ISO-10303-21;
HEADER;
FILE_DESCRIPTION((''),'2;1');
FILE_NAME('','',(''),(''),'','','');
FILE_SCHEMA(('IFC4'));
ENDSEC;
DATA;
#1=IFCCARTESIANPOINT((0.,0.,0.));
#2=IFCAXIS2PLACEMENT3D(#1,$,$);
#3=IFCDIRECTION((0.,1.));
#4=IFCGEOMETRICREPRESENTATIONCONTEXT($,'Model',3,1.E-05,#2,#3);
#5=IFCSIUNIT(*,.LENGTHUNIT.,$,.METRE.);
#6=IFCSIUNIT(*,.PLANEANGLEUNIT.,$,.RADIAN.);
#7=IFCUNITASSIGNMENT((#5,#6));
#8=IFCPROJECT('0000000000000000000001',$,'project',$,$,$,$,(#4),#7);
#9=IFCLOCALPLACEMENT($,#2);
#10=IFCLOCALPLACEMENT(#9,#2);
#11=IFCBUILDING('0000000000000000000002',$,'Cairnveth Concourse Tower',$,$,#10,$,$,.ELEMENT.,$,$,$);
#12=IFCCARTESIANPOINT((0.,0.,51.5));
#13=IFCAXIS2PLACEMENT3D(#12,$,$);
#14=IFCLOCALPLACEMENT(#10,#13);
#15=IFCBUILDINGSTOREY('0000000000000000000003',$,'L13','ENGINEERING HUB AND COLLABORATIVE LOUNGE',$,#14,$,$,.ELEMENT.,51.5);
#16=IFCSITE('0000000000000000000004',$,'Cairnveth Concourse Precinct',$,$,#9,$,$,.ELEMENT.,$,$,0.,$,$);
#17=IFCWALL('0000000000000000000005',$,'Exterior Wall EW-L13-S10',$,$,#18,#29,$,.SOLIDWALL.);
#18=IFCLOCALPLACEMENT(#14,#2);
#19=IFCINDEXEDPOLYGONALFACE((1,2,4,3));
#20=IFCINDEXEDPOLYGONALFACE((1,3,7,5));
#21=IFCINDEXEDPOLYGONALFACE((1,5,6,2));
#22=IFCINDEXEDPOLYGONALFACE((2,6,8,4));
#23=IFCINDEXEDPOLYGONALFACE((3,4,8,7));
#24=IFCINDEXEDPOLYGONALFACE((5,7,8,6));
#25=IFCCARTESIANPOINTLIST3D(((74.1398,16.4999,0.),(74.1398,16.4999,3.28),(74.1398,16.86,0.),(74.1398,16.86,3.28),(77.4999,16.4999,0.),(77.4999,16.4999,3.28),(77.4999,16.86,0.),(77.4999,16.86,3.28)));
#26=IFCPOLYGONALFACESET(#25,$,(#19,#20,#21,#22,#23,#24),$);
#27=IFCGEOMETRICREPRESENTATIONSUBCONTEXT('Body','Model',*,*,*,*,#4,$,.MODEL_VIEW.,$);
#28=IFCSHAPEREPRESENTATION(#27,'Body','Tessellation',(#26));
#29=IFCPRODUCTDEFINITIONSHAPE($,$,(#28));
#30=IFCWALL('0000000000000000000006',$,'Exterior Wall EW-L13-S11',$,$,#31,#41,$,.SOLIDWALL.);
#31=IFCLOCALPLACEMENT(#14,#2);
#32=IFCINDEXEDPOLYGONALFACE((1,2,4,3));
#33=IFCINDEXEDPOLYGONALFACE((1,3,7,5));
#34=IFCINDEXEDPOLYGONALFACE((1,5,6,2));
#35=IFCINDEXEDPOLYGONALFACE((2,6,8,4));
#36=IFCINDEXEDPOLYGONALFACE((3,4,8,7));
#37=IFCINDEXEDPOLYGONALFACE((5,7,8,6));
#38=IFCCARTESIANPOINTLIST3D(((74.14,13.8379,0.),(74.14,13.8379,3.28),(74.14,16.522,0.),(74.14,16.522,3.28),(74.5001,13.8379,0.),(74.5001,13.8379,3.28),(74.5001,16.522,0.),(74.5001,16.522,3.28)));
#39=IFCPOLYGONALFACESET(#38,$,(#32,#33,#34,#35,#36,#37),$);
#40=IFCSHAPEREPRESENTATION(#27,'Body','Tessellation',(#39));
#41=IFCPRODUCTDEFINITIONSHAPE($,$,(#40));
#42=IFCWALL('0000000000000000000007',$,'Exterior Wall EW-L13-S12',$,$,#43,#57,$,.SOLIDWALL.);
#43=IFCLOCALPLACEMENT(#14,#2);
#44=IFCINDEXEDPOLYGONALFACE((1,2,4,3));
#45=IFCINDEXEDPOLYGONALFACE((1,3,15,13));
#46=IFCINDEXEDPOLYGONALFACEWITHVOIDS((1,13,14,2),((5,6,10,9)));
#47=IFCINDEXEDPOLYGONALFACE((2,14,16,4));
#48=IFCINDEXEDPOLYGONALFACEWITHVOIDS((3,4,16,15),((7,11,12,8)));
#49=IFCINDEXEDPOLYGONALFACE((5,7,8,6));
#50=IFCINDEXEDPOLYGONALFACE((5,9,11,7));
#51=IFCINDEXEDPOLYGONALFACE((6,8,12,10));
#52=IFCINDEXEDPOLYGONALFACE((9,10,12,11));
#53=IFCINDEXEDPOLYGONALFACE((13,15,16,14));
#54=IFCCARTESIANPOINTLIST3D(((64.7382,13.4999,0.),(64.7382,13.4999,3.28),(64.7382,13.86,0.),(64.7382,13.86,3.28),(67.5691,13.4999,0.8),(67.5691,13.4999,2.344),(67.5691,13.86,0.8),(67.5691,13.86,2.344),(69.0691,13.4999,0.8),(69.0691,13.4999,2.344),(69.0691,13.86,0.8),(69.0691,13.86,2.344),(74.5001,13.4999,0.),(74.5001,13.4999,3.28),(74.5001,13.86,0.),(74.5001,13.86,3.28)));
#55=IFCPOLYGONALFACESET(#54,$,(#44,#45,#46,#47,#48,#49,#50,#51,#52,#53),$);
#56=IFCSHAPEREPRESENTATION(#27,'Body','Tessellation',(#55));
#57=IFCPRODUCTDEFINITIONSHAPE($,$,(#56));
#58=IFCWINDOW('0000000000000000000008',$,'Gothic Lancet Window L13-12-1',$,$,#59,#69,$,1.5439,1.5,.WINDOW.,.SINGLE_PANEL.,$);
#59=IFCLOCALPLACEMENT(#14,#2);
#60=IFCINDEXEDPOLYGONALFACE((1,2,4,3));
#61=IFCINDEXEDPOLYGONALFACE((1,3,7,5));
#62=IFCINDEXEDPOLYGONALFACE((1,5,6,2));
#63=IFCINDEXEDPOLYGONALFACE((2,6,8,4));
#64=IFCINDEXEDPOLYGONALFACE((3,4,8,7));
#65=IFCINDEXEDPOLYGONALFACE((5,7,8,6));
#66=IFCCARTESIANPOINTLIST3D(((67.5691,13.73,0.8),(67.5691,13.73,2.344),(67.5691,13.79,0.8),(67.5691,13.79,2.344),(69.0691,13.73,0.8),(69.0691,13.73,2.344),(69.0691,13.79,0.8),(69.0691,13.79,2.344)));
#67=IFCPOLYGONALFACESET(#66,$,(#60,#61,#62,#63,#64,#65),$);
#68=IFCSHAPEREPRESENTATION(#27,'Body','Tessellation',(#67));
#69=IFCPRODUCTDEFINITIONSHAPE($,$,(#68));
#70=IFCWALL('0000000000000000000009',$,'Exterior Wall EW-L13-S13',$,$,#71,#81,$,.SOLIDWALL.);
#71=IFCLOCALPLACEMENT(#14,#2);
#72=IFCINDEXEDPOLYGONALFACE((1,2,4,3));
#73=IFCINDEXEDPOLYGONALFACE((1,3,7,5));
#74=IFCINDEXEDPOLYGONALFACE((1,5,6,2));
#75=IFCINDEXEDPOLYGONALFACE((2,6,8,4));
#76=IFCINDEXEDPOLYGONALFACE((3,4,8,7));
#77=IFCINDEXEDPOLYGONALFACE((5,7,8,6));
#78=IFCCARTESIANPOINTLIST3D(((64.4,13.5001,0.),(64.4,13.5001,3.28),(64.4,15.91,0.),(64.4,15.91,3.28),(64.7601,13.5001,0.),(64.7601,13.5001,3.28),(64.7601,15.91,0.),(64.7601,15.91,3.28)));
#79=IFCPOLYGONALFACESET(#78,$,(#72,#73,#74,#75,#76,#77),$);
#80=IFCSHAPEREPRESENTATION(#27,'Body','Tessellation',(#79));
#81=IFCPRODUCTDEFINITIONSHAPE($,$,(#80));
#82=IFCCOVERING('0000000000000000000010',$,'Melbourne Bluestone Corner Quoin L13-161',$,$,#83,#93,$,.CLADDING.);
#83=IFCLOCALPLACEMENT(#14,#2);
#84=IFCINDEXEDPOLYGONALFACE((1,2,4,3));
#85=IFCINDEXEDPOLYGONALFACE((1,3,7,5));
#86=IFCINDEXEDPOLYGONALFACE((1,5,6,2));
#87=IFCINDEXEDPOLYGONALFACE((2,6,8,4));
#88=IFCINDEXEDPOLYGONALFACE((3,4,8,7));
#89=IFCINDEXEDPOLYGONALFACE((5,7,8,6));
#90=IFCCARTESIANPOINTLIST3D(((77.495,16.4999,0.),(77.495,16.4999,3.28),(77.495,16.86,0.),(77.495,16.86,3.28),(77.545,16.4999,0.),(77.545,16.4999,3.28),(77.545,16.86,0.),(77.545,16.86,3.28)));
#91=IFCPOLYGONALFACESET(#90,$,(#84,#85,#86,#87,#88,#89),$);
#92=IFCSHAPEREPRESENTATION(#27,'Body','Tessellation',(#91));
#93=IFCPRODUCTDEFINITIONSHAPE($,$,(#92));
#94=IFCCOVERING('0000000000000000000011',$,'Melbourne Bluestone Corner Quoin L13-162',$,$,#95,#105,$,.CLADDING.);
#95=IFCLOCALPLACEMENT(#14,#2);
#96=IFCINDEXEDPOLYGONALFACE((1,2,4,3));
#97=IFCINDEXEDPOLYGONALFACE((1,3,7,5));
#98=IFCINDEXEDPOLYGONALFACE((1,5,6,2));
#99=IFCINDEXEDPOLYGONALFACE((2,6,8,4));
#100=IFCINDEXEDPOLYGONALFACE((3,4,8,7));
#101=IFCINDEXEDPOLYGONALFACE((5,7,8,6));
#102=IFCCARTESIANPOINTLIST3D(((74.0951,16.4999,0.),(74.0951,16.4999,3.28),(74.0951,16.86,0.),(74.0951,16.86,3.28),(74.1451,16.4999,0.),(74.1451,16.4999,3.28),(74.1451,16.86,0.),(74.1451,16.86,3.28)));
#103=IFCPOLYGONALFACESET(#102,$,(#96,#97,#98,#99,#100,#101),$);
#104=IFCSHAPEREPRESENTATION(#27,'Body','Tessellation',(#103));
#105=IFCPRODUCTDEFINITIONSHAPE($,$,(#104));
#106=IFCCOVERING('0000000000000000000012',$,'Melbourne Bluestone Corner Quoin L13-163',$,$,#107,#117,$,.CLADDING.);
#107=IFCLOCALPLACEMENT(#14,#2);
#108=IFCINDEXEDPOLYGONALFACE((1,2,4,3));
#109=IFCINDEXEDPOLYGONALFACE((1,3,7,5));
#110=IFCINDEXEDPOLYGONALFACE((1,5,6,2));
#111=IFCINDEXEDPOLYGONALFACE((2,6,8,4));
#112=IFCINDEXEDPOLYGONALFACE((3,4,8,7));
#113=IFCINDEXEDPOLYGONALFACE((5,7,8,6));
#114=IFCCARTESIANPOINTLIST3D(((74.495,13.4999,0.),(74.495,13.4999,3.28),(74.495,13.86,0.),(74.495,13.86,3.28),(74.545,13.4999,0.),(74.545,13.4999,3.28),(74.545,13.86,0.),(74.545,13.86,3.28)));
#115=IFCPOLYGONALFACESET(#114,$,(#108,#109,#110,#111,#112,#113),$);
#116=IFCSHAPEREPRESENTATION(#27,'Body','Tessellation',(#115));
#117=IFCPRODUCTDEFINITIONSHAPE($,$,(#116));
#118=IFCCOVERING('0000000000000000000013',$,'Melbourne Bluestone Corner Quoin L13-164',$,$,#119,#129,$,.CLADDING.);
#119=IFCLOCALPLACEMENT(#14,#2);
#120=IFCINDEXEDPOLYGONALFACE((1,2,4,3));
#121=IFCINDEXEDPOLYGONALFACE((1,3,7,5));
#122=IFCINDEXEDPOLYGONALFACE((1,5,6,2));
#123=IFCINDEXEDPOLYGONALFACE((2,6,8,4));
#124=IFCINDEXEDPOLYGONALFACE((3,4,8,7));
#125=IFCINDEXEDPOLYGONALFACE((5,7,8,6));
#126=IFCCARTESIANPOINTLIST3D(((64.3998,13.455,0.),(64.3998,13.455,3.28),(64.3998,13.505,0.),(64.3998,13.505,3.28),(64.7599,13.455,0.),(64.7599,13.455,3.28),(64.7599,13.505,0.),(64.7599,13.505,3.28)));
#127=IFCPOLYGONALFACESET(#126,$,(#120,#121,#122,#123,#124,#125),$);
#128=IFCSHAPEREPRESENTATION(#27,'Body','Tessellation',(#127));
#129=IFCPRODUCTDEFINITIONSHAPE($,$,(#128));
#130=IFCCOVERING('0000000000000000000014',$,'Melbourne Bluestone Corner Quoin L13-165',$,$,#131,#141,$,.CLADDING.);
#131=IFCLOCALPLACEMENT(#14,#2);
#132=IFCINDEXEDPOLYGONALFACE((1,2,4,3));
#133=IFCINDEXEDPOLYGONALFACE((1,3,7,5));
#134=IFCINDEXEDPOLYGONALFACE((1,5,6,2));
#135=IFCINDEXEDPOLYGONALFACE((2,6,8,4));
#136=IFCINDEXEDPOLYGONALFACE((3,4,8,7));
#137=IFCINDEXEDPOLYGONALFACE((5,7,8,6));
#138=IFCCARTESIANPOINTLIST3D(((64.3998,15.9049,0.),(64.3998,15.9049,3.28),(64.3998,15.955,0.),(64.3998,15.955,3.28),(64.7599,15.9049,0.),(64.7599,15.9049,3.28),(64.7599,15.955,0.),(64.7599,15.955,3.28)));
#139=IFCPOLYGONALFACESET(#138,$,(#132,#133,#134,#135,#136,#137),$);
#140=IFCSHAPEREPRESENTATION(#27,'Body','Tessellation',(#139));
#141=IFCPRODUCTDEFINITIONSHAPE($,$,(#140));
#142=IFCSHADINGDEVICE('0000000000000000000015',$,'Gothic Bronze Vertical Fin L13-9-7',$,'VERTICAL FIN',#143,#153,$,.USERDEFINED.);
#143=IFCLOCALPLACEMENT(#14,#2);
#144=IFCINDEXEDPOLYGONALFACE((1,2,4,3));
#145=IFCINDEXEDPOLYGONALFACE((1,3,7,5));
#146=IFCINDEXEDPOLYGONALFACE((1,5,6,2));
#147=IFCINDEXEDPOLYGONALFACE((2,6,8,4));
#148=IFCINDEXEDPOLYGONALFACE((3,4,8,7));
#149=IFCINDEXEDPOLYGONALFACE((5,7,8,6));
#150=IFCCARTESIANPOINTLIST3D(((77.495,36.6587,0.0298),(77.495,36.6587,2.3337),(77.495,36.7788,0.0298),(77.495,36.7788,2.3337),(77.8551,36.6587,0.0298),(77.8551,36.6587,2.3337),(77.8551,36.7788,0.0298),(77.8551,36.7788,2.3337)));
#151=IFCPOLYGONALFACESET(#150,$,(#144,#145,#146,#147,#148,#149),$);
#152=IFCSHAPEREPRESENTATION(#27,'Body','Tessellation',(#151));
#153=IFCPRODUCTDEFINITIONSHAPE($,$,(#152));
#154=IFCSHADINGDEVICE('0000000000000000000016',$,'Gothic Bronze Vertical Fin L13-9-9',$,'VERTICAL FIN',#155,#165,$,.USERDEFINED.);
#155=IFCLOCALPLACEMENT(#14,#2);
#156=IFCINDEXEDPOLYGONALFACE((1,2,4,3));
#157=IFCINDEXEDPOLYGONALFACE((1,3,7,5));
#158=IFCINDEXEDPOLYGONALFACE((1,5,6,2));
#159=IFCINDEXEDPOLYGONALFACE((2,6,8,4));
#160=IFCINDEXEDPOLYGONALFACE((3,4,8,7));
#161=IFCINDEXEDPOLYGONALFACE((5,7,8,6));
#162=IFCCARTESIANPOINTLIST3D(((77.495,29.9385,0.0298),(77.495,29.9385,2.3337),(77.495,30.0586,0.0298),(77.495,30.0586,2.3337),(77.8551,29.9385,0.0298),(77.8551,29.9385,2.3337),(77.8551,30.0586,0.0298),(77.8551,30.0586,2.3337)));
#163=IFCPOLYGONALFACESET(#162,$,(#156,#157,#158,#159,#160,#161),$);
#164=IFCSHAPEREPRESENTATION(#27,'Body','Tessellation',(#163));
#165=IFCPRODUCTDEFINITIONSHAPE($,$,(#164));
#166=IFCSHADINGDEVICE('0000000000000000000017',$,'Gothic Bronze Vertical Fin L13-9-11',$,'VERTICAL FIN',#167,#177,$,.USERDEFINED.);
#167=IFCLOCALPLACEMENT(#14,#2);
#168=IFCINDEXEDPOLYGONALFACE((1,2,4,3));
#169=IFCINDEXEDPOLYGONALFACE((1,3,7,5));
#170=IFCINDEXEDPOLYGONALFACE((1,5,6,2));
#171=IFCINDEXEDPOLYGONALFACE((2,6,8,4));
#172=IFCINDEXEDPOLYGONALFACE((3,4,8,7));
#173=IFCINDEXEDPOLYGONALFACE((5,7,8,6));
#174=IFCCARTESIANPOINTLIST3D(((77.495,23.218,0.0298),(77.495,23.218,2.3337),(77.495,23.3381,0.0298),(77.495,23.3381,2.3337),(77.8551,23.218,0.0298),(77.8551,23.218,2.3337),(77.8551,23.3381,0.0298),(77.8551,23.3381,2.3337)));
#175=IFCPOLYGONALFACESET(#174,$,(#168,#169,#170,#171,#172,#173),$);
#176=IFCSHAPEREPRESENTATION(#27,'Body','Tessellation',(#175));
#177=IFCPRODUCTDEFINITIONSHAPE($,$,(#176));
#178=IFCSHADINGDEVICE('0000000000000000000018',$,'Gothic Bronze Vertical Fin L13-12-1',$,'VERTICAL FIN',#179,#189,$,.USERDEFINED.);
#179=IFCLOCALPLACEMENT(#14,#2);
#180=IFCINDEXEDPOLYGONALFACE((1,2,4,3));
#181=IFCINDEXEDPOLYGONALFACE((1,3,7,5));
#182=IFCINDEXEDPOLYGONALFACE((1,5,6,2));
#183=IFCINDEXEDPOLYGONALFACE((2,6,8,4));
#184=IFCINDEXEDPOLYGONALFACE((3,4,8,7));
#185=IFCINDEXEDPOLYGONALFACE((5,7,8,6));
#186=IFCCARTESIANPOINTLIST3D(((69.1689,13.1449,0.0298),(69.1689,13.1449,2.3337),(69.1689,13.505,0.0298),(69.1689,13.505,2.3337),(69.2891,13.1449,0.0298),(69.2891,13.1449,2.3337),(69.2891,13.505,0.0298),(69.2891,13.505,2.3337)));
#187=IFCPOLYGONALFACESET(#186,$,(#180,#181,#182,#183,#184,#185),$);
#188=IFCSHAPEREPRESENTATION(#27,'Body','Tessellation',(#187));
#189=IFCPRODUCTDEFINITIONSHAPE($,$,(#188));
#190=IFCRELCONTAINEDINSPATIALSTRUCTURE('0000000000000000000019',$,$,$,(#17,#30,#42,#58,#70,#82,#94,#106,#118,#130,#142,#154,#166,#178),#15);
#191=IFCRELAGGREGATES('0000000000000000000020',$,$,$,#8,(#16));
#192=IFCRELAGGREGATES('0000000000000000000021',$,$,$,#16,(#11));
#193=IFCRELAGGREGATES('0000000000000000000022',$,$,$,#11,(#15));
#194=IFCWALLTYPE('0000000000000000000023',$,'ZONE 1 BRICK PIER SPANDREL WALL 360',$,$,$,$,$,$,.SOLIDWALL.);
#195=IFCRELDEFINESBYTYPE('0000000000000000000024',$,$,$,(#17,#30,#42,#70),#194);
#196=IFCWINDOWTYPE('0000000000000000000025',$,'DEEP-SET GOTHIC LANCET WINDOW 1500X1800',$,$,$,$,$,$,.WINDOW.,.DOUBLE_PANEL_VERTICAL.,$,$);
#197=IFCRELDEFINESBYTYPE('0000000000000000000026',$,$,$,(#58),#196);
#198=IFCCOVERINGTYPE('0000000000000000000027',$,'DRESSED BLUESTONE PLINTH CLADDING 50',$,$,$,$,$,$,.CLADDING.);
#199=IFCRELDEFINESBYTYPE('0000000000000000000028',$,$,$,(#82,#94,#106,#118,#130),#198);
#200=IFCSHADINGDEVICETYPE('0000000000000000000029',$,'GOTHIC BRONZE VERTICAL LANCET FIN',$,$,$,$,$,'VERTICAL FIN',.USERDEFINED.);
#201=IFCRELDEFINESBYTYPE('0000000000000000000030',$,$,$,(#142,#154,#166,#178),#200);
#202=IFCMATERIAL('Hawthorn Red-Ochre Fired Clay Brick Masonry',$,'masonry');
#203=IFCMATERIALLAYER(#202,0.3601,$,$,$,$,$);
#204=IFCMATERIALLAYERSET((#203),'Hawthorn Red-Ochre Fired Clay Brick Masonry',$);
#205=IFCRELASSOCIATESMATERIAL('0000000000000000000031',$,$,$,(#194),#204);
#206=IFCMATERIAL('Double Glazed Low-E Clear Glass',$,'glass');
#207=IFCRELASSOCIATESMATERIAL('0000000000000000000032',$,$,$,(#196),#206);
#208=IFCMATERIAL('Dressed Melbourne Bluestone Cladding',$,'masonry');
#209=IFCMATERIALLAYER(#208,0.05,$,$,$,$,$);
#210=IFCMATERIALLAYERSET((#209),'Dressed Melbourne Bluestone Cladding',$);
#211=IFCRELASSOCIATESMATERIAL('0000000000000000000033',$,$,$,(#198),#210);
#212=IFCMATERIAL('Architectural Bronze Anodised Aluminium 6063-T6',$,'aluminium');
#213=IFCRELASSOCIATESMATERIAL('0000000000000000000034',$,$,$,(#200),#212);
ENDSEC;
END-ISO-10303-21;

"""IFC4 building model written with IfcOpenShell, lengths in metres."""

from ifc_helpers import new_model, si_unit, direction, frame, frame_2d, origin, origin_2d, place, context, subcontext, project, spatial, rectangle, extrude, material, layer, layer_set, type_object, element, fill, save


model = new_model("IFC4")

# Units and contexts
model_context = context("Model", 3, precision=1e-05, world=origin(), true_north=direction((0.0, 1.0)))
body_context = subcontext(model_context, "Body", "Model", "MODEL_VIEW")
ifc_project = project(units=[si_unit("LENGTHUNIT", "METRE"), si_unit("PLANEANGLEUNIT", "RADIAN")], contexts=[model_context])

# Site, building, storey
site_placement = place(None, origin())
site = spatial("IfcSite", under=ifc_project, at=site_placement, Name="Cairnveth Concourse Precinct", CompositionType="ELEMENT", RefElevation=0.0)
building_placement = place(site_placement, origin())
building = spatial("IfcBuilding", under=site, at=building_placement, Name="Cairnveth Concourse Tower", CompositionType="ELEMENT")
storey_placement = place(building_placement, frame((0.0, 0.0, 51.5)))
storey = spatial("IfcBuildingStorey", under=building, at=storey_placement, Name="L13", Description="ENGINEERING HUB AND COLLABORATIVE LOUNGE", CompositionType="ELEMENT", Elevation=51.5)

# Walls
ifc_material_1 = material(Name="Hawthorn Red-Ochre Fired Clay Brick Masonry", Category="masonry")
ifc_layer_1 = layer(ifc_material_1, 0.3601)
ifc_layer_set_1 = layer_set([ifc_layer_1], Name="Hawthorn Red-Ochre Fired Clay Brick Masonry")
wall_type_1 = type_object("IfcWallType", Name="ZONE 1 BRICK PIER SPANDREL WALL 360", PredefinedType="SOLIDWALL", material=ifc_layer_set_1)
wall_1_placement = place(storey_placement, frame((77.5, 16.6799, 0.0), z_axis=(0.0, 0.0, 1.0), x_axis=(-1.0, 0.0, 0.0)))
element("IfcWall", 1, at=wall_1_placement, inside=storey, type_object=wall_type_1, Name="Exterior Wall EW-L13-S10", PredefinedType="SOLIDWALL", context=body_context, shape_type="SweptSolid", body=[
    extrude(rectangle(XDim=3.3601, YDim=0.3601, at=frame_2d((1.6802, 0.0))), origin(), (0.0, 0.0, 1.0), 3.28),
])
wall_2_placement = place(storey_placement, frame((74.3201, 16.522, 0.0), z_axis=(0.0, 0.0, 1.0), x_axis=(0.0, -1.0, 0.0)))
element("IfcWall", 2, at=wall_2_placement, inside=storey, type_object=wall_type_1, Name="Exterior Wall EW-L13-S11", PredefinedType="SOLIDWALL", context=body_context, shape_type="SweptSolid", body=[
    extrude(rectangle(XDim=2.6841, YDim=0.3601, at=frame_2d((1.342, 0.0))), origin(), (0.0, 0.0, 1.0), 3.28),
])

# Wall, opening, window
wall_3_placement = place(storey_placement, frame((74.5, 13.6799, 0.0), z_axis=(0.0, 0.0, 1.0), x_axis=(-1.0, 0.0, 0.0)))
wall_3 = element("IfcWall", 3, at=wall_3_placement, inside=storey, type_object=wall_type_1, Name="Exterior Wall EW-L13-S12", PredefinedType="SOLIDWALL", context=body_context, shape_type="SweptSolid", body=[
    extrude(rectangle(XDim=9.762, YDim=0.3601, at=frame_2d((4.8809, 0.0))), origin(), (0.0, 0.0, 1.0), 3.28),
])
opening_1_placement = place(wall_3_placement, frame((5.4309, 0.0, 0.8)))
opening_1 = element("IfcOpeningElement", 4, at=opening_1_placement, cuts=wall_3, PredefinedType="OPENING", context=body_context, shape_type="SweptSolid", body=[
    extrude(rectangle(XDim=1.5, YDim=1.5439, at=frame_2d((0.75, 0.772))), frame((0.0, 0.1899, 0.0), z_axis=(0.0, -1.0, 0.0), x_axis=(1.0, 0.0, 0.0)), (0.0, 0.0, 1.0), 0.3801),
])
ifc_material_2 = material(Name="Double Glazed Low-E Clear Glass", Category="glass")
window_type = type_object("IfcWindowType", Name="DEEP-SET GOTHIC LANCET WINDOW 1500X1800", PartitioningType="DOUBLE_PANEL_VERTICAL", PredefinedType="WINDOW", material=ifc_material_2)
window_placement = place(opening_1_placement, origin())
window = element("IfcWindow", 5, at=window_placement, inside=storey, type_object=window_type, Name="Gothic Lancet Window L13-12-1", OverallHeight=1.5439, OverallWidth=1.5, PartitioningType="SINGLE_PANEL", PredefinedType="WINDOW", context=body_context, shape_type="SweptSolid", body=[
    extrude(rectangle(XDim=1.5, YDim=1.5439, at=frame_2d((0.75, 0.772))), frame((0.0, -0.05, 0.0), z_axis=(0.0, -1.0, 0.0), x_axis=(1.0, 0.0, 0.0)), (0.0, 0.0, 1.0), 0.0601),
])
fill(opening_1, window)

# Wall
wall_4_placement = place(storey_placement, frame((64.5801, 13.5, 0.0), z_axis=(0.0, 0.0, 1.0), x_axis=(0.0, 1.0, 0.0)))
element("IfcWall", 6, at=wall_4_placement, inside=storey, type_object=wall_type_1, Name="Exterior Wall EW-L13-S13", PredefinedType="SOLIDWALL", context=body_context, shape_type="SweptSolid", body=[
    extrude(rectangle(XDim=2.4099, YDim=0.3601, at=frame_2d((1.2051, 0.0))), origin(), (0.0, 0.0, 1.0), 3.28),
])

# Coverings
ifc_material_3 = material(Name="Dressed Melbourne Bluestone Cladding", Category="masonry")
ifc_layer_2 = layer(ifc_material_3, 0.05)
ifc_layer_set_2 = layer_set([ifc_layer_2], Name="Dressed Melbourne Bluestone Cladding")
covering_type = type_object("IfcCoveringType", Name="DRESSED BLUESTONE PLINTH CLADDING 50", PredefinedType="CLADDING", material=ifc_layer_set_2)
for number, where, z_axis, x_axis, name in (
    (7, (77.52, 16.8601, 0.0), (0.0, 0.0, 1.0), (0.0, -1.0, 0.0), "Melbourne Bluestone Corner Quoin L13-161"),
    (8, (74.1201, 16.8601, 0.0), (0.0, 0.0, 1.0), (0.0, -1.0, 0.0), "Melbourne Bluestone Corner Quoin L13-162"),
    (9, (74.52, 13.8601, 0.0), (0.0, 0.0, 1.0), (0.0, -1.0, 0.0), "Melbourne Bluestone Corner Quoin L13-163"),
    (10, (64.76, 13.48, 0.0), (0.0, 0.0, 1.0), (-1.0, 0.0, 0.0), "Melbourne Bluestone Corner Quoin L13-164"),
    (11, (64.76, 15.9299, 0.0), (0.0, 0.0, 1.0), (-1.0, 0.0, 0.0), "Melbourne Bluestone Corner Quoin L13-165"),
):
    element("IfcCovering", number, at=place(storey_placement, frame(where, z_axis=z_axis, x_axis=x_axis)), inside=storey, type_object=covering_type, Name=name, PredefinedType="CLADDING", context=body_context, shape_type="SweptSolid", body=[
        extrude(rectangle(XDim=0.3601, YDim=0.05, at=frame_2d((0.1802, 0.0))), origin(), (0.0, 0.0, 1.0), 3.28),
    ])

# Shading devices
ifc_material_4 = material(Name="Architectural Bronze Anodised Aluminium 6063-T6", Category="aluminium")
shading_device_type = type_object("IfcShadingDeviceType", Name="GOTHIC BRONZE VERTICAL LANCET FIN", ElementType="VERTICAL FIN", PredefinedType="USERDEFINED", material=ifc_material_4)
for number, where, z_axis, x_axis, name in (
    (12, (77.675, 36.7188, 0.0298), (0.0, 0.0, 1.0), (0.0, 1.0, 0.0), "Gothic Bronze Vertical Fin L13-9-7"),
    (13, (77.675, 29.9985, 0.0298), (0.0, 0.0, 1.0), (0.0, 1.0, 0.0), "Gothic Bronze Vertical Fin L13-9-9"),
    (14, (77.675, 23.2781, 0.0298), (0.0, 0.0, 1.0), (0.0, 1.0, 0.0), "Gothic Bronze Vertical Fin L13-9-11"),
    (15, (69.229, 13.325, 0.0298), (0.0, 0.0, 1.0), (1.0, 0.0, 0.0), "Gothic Bronze Vertical Fin L13-12-1"),
):
    element("IfcShadingDevice", number, at=place(storey_placement, frame(where, z_axis=z_axis, x_axis=x_axis)), inside=storey, type_object=shading_device_type, Name=name, ObjectType="VERTICAL FIN", PredefinedType="USERDEFINED", context=body_context, shape_type="SweptSolid", body=[
        extrude(rectangle(XDim=0.1201, YDim=0.3601, at=origin_2d()), origin(), (0.0, 0.0, 1.0), 2.304),
    ])

save(model, "model.ifc")
